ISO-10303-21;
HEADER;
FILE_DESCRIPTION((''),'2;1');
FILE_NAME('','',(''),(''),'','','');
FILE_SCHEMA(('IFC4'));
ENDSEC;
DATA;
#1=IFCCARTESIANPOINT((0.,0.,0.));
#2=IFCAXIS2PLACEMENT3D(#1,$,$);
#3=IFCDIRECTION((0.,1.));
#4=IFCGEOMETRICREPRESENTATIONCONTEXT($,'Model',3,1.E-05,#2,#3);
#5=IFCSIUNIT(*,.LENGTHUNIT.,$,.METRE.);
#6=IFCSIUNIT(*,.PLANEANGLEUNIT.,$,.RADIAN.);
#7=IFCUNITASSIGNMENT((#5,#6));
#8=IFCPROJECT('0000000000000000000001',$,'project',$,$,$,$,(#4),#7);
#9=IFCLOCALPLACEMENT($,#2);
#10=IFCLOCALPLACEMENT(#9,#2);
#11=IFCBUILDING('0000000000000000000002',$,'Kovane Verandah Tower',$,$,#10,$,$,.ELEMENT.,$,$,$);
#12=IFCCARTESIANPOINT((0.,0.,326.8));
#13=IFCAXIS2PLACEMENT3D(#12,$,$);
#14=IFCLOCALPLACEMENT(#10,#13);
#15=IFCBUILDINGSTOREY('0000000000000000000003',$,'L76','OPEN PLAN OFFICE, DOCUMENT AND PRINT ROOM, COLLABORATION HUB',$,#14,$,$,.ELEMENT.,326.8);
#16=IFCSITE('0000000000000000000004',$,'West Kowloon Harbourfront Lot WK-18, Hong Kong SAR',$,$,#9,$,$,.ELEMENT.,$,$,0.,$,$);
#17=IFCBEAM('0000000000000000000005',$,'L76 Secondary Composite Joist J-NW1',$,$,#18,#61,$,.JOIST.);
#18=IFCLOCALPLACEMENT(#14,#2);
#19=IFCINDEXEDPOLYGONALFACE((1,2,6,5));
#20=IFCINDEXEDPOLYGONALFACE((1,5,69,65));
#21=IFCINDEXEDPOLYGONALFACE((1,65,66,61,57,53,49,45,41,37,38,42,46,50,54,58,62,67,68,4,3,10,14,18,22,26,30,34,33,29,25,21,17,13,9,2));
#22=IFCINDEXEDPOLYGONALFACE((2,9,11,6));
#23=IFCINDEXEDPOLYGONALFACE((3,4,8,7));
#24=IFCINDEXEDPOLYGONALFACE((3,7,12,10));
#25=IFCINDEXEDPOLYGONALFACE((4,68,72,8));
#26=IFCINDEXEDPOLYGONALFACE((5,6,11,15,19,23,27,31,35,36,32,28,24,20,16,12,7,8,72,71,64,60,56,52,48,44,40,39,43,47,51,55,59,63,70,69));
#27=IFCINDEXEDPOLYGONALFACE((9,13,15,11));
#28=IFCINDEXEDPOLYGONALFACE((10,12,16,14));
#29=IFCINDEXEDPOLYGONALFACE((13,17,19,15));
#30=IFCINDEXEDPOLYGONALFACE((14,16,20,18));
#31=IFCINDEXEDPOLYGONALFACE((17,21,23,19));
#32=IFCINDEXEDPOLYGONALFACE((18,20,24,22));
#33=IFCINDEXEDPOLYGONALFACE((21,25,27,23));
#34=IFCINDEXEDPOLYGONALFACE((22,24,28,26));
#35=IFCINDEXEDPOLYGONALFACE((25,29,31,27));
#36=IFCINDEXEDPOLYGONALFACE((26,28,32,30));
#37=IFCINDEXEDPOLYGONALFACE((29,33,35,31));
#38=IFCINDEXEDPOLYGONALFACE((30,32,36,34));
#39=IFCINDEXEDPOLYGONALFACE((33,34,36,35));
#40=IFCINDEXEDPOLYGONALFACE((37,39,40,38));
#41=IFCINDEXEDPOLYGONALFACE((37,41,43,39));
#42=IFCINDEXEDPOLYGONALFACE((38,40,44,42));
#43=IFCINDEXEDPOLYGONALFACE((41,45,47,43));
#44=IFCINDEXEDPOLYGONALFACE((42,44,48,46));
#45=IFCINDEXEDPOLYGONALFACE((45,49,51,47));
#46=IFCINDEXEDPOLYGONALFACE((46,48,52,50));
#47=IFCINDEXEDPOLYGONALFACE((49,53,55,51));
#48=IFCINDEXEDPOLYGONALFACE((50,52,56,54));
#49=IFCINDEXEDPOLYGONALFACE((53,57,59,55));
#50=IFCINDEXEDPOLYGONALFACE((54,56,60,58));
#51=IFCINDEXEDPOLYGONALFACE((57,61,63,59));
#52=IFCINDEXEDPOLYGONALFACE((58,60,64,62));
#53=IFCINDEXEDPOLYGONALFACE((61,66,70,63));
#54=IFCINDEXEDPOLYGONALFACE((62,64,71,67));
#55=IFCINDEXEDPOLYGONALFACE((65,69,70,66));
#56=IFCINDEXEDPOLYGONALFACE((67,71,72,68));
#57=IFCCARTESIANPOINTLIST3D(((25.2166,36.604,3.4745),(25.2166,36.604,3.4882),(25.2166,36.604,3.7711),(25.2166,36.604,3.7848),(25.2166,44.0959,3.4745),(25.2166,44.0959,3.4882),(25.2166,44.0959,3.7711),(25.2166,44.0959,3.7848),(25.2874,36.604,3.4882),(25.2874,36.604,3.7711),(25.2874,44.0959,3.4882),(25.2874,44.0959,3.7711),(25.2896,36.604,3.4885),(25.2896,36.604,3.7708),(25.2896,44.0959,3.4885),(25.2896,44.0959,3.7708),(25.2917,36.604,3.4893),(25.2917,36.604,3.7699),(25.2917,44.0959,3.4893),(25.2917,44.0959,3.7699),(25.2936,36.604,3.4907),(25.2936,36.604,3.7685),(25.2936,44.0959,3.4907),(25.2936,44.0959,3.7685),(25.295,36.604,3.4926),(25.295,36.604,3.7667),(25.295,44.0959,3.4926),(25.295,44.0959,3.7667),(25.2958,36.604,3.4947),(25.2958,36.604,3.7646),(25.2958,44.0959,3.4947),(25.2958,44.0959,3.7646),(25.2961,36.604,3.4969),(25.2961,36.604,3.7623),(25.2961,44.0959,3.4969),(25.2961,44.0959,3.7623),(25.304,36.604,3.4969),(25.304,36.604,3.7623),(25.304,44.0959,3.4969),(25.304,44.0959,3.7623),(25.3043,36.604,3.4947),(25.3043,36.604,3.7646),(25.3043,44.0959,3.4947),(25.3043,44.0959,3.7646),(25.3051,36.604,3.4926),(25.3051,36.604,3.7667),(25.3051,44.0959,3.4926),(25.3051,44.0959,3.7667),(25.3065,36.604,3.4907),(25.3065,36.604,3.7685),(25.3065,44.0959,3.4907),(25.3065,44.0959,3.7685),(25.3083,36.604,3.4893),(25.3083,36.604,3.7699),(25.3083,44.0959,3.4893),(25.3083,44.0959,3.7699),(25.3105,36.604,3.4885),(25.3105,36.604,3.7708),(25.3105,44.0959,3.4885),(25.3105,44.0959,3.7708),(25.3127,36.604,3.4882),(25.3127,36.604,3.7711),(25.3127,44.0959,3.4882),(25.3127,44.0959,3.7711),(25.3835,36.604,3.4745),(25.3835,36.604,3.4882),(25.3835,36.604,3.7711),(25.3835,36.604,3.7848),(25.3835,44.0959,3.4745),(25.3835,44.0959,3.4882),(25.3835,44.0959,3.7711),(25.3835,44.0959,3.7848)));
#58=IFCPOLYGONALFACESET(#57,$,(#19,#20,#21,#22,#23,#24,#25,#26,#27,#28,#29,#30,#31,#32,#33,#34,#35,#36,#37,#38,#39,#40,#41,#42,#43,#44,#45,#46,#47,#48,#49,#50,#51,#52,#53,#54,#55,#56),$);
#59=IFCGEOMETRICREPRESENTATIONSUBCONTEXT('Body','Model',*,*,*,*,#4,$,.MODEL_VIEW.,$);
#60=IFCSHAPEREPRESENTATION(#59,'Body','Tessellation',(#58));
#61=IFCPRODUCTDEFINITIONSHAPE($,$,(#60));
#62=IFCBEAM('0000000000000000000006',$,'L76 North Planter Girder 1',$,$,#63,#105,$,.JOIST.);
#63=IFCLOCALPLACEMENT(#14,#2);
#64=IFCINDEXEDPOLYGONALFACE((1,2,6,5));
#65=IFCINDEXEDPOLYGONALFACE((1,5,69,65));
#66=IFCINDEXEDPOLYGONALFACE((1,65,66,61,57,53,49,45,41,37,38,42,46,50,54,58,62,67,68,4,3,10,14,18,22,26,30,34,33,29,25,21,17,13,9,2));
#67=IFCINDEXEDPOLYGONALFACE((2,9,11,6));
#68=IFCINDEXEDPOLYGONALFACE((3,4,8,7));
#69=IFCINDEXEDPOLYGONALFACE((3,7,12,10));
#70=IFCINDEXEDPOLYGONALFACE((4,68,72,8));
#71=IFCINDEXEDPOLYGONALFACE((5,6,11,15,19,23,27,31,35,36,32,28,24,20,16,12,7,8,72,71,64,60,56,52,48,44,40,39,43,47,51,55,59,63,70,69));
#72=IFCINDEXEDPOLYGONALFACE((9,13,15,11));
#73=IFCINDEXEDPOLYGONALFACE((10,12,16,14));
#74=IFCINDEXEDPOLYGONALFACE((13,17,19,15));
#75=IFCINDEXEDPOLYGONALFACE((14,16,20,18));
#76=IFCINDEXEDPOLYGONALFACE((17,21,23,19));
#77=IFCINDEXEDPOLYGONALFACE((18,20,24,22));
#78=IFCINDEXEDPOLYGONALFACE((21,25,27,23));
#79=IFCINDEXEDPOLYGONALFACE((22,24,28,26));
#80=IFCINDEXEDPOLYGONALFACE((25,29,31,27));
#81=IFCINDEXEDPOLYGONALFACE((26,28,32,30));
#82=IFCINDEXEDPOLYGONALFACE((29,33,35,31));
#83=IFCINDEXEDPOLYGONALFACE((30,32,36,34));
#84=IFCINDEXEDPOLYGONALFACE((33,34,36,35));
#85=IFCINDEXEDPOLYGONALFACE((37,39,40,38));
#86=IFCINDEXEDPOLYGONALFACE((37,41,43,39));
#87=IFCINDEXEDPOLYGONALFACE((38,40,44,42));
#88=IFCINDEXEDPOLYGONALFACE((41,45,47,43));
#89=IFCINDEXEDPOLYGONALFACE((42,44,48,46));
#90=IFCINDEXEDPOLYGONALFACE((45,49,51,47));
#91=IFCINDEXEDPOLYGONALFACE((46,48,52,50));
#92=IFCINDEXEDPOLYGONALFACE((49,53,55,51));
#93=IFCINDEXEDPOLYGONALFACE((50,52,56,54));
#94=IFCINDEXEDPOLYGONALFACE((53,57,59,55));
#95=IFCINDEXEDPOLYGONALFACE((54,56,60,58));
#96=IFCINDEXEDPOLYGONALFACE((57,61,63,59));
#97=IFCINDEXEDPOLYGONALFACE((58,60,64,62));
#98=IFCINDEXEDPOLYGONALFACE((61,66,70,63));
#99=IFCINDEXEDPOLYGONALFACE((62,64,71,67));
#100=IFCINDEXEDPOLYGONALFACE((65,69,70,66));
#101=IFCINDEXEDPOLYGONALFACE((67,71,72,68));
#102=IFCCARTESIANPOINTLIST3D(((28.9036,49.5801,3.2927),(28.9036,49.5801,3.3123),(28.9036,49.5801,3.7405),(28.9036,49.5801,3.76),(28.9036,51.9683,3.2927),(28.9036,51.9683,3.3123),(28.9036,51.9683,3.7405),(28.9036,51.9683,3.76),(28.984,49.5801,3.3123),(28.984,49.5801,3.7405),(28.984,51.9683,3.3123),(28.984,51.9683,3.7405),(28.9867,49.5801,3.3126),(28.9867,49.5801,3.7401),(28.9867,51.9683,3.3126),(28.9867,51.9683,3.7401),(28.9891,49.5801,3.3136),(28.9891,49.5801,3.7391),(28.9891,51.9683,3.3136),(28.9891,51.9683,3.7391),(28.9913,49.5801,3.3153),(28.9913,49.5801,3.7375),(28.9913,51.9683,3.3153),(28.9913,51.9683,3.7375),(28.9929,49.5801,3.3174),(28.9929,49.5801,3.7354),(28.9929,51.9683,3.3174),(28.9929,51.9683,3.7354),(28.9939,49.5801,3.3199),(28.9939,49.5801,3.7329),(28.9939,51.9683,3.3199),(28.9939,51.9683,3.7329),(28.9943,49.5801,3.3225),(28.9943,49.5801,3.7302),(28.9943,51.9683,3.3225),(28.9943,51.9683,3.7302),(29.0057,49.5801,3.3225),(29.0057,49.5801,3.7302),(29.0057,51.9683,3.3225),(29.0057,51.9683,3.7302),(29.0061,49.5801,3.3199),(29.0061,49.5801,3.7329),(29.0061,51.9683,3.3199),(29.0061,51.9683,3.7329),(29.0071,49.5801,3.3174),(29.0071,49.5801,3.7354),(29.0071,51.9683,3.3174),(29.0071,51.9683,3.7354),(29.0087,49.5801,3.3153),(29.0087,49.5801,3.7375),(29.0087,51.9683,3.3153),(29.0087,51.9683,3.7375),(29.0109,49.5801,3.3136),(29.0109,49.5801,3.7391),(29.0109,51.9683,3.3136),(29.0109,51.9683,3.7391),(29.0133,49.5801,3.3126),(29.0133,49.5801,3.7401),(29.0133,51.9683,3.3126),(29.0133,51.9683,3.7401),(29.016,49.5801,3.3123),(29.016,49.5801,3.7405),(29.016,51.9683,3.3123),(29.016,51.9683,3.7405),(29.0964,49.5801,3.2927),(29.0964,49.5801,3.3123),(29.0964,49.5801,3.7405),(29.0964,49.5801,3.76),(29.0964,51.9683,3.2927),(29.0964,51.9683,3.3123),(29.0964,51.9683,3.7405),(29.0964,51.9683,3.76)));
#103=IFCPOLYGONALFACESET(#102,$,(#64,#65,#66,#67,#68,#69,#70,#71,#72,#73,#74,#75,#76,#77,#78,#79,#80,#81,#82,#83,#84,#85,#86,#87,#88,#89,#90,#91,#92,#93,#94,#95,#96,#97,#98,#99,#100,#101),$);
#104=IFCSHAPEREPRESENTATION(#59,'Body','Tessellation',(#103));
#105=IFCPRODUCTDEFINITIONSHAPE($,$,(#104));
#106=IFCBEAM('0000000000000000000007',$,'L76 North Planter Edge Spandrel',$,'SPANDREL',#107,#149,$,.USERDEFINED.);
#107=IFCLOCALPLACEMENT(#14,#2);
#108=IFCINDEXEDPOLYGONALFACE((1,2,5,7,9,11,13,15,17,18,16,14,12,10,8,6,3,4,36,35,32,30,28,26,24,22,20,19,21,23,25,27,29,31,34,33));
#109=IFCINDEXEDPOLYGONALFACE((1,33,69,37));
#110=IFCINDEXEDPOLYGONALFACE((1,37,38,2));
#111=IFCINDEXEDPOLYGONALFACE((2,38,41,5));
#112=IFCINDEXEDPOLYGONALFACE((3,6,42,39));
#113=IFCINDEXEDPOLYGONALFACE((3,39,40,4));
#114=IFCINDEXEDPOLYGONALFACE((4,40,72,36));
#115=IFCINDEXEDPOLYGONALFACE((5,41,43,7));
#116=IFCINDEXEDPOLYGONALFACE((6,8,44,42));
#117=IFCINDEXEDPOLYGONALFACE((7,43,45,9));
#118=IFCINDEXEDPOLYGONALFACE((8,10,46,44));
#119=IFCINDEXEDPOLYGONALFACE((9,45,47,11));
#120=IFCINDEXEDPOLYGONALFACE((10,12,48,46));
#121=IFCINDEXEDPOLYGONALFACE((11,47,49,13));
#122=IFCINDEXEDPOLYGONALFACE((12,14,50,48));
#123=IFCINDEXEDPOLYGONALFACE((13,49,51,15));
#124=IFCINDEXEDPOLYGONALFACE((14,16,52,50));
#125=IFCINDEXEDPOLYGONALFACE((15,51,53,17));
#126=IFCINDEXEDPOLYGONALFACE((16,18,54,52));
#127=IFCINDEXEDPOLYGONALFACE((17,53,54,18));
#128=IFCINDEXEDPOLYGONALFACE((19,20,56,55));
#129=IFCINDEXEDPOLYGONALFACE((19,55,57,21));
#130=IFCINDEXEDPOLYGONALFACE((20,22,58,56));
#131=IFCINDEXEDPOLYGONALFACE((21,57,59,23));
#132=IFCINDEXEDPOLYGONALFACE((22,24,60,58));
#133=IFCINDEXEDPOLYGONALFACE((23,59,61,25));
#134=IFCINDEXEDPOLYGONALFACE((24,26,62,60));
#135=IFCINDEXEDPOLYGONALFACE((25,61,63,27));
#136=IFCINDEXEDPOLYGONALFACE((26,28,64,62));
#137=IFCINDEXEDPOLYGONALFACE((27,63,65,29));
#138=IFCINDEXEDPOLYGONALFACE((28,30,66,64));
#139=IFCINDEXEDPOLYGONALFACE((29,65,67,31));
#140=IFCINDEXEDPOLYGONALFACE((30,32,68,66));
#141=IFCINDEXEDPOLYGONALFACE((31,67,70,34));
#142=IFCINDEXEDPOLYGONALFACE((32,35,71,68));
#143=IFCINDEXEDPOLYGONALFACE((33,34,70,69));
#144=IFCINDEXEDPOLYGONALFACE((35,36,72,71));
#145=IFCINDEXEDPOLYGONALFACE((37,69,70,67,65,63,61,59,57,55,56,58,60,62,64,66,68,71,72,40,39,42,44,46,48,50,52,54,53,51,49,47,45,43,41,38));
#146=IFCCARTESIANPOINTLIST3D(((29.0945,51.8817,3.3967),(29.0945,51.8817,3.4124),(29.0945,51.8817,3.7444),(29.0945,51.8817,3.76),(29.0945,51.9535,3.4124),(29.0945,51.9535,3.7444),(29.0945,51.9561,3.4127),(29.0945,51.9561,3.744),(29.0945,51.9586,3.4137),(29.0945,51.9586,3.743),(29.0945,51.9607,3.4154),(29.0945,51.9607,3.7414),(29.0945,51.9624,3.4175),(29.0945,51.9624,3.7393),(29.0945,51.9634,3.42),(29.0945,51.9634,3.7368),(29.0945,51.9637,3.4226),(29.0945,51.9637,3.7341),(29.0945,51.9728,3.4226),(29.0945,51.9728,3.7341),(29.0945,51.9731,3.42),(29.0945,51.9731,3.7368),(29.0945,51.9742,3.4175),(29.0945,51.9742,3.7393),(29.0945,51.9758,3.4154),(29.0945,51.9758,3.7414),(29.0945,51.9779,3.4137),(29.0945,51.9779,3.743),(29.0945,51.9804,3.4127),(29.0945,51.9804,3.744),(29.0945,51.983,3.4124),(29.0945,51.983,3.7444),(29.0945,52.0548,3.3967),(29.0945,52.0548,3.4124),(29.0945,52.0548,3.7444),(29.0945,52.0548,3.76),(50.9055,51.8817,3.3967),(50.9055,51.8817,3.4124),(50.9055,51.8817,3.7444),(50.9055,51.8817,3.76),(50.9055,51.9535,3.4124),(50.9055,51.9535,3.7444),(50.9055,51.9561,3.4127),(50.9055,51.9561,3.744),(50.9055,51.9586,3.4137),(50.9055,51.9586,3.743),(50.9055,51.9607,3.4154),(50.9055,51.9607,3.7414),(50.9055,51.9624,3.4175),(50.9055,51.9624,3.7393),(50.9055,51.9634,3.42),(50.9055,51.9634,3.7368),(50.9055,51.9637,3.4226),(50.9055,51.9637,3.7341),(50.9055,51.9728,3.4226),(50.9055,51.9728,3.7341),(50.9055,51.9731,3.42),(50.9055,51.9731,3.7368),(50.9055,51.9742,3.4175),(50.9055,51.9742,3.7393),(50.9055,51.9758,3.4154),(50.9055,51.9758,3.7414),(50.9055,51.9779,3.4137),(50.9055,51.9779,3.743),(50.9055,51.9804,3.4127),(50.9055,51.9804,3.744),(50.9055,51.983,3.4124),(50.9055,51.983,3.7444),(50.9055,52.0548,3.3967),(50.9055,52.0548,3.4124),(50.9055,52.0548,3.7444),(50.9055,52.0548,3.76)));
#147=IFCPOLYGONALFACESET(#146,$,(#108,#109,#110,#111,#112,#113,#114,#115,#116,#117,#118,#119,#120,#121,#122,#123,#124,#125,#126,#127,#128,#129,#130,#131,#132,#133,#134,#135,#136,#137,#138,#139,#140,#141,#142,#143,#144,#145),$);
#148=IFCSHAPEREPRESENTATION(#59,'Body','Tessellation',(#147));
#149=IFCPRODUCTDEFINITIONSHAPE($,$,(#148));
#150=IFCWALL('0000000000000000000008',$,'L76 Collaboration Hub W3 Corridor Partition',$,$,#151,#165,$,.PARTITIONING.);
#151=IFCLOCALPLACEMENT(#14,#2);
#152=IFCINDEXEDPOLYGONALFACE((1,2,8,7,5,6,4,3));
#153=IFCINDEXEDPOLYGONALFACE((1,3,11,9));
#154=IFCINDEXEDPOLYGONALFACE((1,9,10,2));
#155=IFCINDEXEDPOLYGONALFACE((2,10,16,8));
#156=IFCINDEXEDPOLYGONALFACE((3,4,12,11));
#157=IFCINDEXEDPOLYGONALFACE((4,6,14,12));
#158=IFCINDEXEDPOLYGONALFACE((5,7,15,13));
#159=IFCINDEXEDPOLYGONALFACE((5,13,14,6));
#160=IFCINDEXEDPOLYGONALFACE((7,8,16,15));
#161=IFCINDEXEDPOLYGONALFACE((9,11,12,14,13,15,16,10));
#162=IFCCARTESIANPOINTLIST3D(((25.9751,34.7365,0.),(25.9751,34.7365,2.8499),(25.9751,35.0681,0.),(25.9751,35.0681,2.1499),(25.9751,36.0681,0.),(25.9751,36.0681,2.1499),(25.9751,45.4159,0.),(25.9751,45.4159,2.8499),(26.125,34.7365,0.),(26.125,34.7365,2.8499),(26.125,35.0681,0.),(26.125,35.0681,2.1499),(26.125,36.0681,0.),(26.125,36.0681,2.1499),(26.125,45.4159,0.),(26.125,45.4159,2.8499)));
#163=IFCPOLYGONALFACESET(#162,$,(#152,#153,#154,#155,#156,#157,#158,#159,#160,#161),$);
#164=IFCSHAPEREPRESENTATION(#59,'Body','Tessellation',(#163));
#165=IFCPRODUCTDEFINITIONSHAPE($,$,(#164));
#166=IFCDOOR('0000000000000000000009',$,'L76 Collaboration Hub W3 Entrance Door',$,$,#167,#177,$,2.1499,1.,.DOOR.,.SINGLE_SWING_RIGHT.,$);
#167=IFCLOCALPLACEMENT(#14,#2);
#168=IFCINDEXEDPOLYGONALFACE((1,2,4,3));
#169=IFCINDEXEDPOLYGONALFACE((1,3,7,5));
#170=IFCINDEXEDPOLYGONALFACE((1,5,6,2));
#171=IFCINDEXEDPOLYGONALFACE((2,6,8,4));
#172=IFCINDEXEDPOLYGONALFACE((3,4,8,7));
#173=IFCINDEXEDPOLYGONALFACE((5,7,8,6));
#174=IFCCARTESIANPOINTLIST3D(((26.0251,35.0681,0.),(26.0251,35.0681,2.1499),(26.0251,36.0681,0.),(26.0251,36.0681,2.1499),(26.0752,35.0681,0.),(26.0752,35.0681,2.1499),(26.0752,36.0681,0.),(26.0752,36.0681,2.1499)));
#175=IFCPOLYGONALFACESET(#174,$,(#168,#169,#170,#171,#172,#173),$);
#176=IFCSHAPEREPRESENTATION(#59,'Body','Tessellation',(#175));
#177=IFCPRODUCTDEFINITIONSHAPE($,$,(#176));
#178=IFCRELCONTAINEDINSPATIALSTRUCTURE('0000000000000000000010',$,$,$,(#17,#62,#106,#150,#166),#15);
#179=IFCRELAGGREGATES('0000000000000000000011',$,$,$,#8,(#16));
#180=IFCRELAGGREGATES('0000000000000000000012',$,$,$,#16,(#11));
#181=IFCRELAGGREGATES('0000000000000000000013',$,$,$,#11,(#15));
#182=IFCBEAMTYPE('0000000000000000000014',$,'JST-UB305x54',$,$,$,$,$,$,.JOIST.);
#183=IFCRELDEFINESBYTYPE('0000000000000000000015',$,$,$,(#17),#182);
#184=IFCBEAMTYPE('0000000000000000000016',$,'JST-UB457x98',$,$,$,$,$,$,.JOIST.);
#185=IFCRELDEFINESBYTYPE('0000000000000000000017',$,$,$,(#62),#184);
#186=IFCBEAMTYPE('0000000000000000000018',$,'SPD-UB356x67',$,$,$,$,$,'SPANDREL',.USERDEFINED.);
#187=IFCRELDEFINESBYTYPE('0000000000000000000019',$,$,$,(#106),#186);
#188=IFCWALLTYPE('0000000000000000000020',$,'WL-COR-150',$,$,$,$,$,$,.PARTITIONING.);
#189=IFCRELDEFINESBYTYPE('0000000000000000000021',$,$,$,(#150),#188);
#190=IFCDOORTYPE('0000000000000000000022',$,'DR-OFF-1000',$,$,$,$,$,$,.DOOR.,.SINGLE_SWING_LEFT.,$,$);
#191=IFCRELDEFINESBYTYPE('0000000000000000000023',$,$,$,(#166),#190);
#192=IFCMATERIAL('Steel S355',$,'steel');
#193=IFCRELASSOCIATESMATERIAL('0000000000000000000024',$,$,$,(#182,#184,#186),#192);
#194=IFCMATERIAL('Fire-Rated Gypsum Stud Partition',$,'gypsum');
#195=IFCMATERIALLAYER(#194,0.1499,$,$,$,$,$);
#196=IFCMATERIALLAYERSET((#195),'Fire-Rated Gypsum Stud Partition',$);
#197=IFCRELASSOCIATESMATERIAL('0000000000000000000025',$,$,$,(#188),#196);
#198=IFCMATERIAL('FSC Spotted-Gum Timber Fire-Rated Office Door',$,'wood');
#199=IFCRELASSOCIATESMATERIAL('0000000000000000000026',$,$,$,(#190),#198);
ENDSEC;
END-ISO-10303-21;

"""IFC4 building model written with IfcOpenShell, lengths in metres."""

from ifc_helpers import new_model, si_unit, direction, frame, frame_2d, origin, origin_2d, place, context, subcontext, project, spatial, rectangle, i_section, extrude, material, layer, layer_set, material_profile, profile_set, type_object, element, fill, save


model = new_model("IFC4")

# Units and contexts
model_context = context("Model", 3, precision=1e-05, world=origin(), true_north=direction((0.0, 1.0)))
body_context = subcontext(model_context, "Body", "Model", "MODEL_VIEW")
ifc_project = project(units=[si_unit("LENGTHUNIT", "METRE"), si_unit("PLANEANGLEUNIT", "RADIAN")], contexts=[model_context])

# Site, building, storey
site_placement = place(None, origin())
site = spatial("IfcSite", under=ifc_project, at=site_placement, Name="West Kowloon Harbourfront Lot WK-18, Hong Kong SAR", CompositionType="ELEMENT", RefElevation=0.0)
building_placement = place(site_placement, origin())
building = spatial("IfcBuilding", under=site, at=building_placement, Name="Kovane Verandah Tower", CompositionType="ELEMENT")
storey_placement = place(building_placement, frame((0.0, 0.0, 326.8)))
storey = spatial("IfcBuildingStorey", under=building, at=storey_placement, Name="L76", Description="OPEN PLAN OFFICE, DOCUMENT AND PRINT ROOM, COLLABORATION HUB", CompositionType="ELEMENT", Elevation=326.8)

# Beams
ifc_material_1 = material(Name="Steel S355", Category="steel")
ifc_material_profile_1 = material_profile(ifc_material_1, i_section(OverallWidth=0.167, OverallDepth=0.3103, WebThickness=0.0078, FlangeThickness=0.0137, FilletRadius=0.0088, at=origin_2d()), Name="UB305x165x54")
ifc_profile_set_1 = profile_set([ifc_material_profile_1], Name="Steel S355")
beam_type_1 = type_object("IfcBeamType", Name="JST-UB305x54", PredefinedType="JOIST", material=ifc_profile_set_1)
beam_1_placement = place(storey_placement, frame((25.3, 36.604, 3.6296), z_axis=(0.0, 1.0, 0.0), x_axis=(-1.0, 0.0, 0.0)))
element("IfcBeam", 1, at=beam_1_placement, inside=storey, type_object=beam_type_1, Name="L76 Secondary Composite Joist J-NW1", PredefinedType="JOIST", context=body_context, shape_type="SweptSolid", body=[
    extrude(i_section(OverallWidth=0.167, OverallDepth=0.3103, WebThickness=0.0078, FlangeThickness=0.0137, FilletRadius=0.0088, at=origin_2d()), origin(), (0.0, 0.0, 1.0), 7.4919),
])
ifc_material_profile_2 = material_profile(ifc_material_1, i_section(OverallWidth=0.1929, OverallDepth=0.4673, WebThickness=0.0115, FlangeThickness=0.0195, FilletRadius=0.0103, at=origin_2d()), Name="UB457x191x98")
ifc_profile_set_2 = profile_set([ifc_material_profile_2], Name="Steel S355")
beam_type_2 = type_object("IfcBeamType", Name="JST-UB457x98", PredefinedType="JOIST", material=ifc_profile_set_2)
beam_2_placement = place(storey_placement, frame((29.0, 49.5801, 3.5264), z_axis=(0.0, 1.0, 0.0), x_axis=(-1.0, 0.0, 0.0)))
element("IfcBeam", 2, at=beam_2_placement, inside=storey, type_object=beam_type_2, Name="L76 North Planter Girder 1", PredefinedType="JOIST", context=body_context, shape_type="SweptSolid", body=[
    extrude(i_section(OverallWidth=0.1929, OverallDepth=0.4673, WebThickness=0.0115, FlangeThickness=0.0195, FilletRadius=0.0103, at=origin_2d()), origin(), (0.0, 0.0, 1.0), 2.3882),
])
ifc_material_profile_3 = material_profile(ifc_material_1, i_section(OverallWidth=0.1731, OverallDepth=0.3633, WebThickness=0.009, FlangeThickness=0.0156, FilletRadius=0.0103, at=origin_2d()), Name="UB356x171x67")
ifc_profile_set_3 = profile_set([ifc_material_profile_3], Name="Steel S355")
beam_type_3 = type_object("IfcBeamType", Name="SPD-UB356x67", ElementType="SPANDREL", PredefinedType="USERDEFINED", material=ifc_profile_set_3)
beam_3_placement = place(storey_placement, frame((29.0945, 51.9683, 3.5784), z_axis=(1.0, 0.0, 0.0), x_axis=(0.0, 1.0, 0.0)))
element("IfcBeam", 3, at=beam_3_placement, inside=storey, type_object=beam_type_3, Name="L76 North Planter Edge Spandrel", ObjectType="SPANDREL", PredefinedType="USERDEFINED", context=body_context, shape_type="SweptSolid", body=[
    extrude(i_section(OverallWidth=0.1731, OverallDepth=0.3633, WebThickness=0.009, FlangeThickness=0.0156, FilletRadius=0.0103, at=origin_2d()), origin(), (0.0, 0.0, 1.0), 21.811),
])

# Wall, opening, door
ifc_material_2 = material(Name="Fire-Rated Gypsum Stud Partition", Category="gypsum")
ifc_layer_1 = layer(ifc_material_2, 0.1499)
ifc_layer_set_1 = layer_set([ifc_layer_1], Name="Fire-Rated Gypsum Stud Partition")
wall_type_1 = type_object("IfcWallType", Name="WL-COR-150", PredefinedType="PARTITIONING", material=ifc_layer_set_1)
ifc_material_3 = material(Name="FSC Spotted-Gum Timber Fire-Rated Office Door", Category="wood")
door_type = type_object("IfcDoorType", Name="DR-OFF-1000", OperationType="SINGLE_SWING_LEFT", PredefinedType="DOOR", material=ifc_material_3)
wall_1_placement = place(storey_placement, frame((26.05, 34.7363, 0.0), z_axis=(0.0, 0.0, 1.0), x_axis=(0.0, 1.0, 0.0)))
wall_1 = element("IfcWall", 4, at=wall_1_placement, inside=storey, type_object=wall_type_1, Name="L76 Collaboration Hub W3 Corridor Partition", PredefinedType="PARTITIONING", context=body_context, shape_type="SweptSolid", body=[
    extrude(rectangle(XDim=10.6794, YDim=0.1499, at=frame_2d((5.3398, 0.0))), origin(), (0.0, 0.0, 1.0), 2.8499),
])
opening_1_placement = place(wall_1_placement, frame((0.3318, 0.0, 0.0)))
opening_1 = element("IfcOpeningElement", 5, at=opening_1_placement, cuts=wall_1, PredefinedType="OPENING", context=body_context, shape_type="SweptSolid", body=[
    extrude(rectangle(XDim=1.0, YDim=2.1499, at=frame_2d((0.5, 1.075))), frame((0.0, 0.075, 0.0), z_axis=(0.0, -1.0, 0.0), x_axis=(1.0, 0.0, 0.0)), (0.0, 0.0, 1.0), 0.1499),
])
door_1_placement = place(opening_1_placement, origin())
door_1 = element("IfcDoor", 6, at=door_1_placement, inside=storey, type_object=door_type, Name="L76 Collaboration Hub W3 Entrance Door", OperationType="SINGLE_SWING_RIGHT", OverallHeight=2.1499, OverallWidth=1.0, PredefinedType="DOOR", context=body_context, shape_type="SweptSolid", body=[
    extrude(rectangle(XDim=1.0, YDim=2.1499, at=frame_2d((0.5, 1.075))), frame((0.0, 0.0249, 0.0), z_axis=(0.0, -1.0, 0.0), x_axis=(1.0, 0.0, 0.0)), (0.0, 0.0, 1.0), 0.05),
])
fill(opening_1, door_1)

save(model, "model.ifc")
